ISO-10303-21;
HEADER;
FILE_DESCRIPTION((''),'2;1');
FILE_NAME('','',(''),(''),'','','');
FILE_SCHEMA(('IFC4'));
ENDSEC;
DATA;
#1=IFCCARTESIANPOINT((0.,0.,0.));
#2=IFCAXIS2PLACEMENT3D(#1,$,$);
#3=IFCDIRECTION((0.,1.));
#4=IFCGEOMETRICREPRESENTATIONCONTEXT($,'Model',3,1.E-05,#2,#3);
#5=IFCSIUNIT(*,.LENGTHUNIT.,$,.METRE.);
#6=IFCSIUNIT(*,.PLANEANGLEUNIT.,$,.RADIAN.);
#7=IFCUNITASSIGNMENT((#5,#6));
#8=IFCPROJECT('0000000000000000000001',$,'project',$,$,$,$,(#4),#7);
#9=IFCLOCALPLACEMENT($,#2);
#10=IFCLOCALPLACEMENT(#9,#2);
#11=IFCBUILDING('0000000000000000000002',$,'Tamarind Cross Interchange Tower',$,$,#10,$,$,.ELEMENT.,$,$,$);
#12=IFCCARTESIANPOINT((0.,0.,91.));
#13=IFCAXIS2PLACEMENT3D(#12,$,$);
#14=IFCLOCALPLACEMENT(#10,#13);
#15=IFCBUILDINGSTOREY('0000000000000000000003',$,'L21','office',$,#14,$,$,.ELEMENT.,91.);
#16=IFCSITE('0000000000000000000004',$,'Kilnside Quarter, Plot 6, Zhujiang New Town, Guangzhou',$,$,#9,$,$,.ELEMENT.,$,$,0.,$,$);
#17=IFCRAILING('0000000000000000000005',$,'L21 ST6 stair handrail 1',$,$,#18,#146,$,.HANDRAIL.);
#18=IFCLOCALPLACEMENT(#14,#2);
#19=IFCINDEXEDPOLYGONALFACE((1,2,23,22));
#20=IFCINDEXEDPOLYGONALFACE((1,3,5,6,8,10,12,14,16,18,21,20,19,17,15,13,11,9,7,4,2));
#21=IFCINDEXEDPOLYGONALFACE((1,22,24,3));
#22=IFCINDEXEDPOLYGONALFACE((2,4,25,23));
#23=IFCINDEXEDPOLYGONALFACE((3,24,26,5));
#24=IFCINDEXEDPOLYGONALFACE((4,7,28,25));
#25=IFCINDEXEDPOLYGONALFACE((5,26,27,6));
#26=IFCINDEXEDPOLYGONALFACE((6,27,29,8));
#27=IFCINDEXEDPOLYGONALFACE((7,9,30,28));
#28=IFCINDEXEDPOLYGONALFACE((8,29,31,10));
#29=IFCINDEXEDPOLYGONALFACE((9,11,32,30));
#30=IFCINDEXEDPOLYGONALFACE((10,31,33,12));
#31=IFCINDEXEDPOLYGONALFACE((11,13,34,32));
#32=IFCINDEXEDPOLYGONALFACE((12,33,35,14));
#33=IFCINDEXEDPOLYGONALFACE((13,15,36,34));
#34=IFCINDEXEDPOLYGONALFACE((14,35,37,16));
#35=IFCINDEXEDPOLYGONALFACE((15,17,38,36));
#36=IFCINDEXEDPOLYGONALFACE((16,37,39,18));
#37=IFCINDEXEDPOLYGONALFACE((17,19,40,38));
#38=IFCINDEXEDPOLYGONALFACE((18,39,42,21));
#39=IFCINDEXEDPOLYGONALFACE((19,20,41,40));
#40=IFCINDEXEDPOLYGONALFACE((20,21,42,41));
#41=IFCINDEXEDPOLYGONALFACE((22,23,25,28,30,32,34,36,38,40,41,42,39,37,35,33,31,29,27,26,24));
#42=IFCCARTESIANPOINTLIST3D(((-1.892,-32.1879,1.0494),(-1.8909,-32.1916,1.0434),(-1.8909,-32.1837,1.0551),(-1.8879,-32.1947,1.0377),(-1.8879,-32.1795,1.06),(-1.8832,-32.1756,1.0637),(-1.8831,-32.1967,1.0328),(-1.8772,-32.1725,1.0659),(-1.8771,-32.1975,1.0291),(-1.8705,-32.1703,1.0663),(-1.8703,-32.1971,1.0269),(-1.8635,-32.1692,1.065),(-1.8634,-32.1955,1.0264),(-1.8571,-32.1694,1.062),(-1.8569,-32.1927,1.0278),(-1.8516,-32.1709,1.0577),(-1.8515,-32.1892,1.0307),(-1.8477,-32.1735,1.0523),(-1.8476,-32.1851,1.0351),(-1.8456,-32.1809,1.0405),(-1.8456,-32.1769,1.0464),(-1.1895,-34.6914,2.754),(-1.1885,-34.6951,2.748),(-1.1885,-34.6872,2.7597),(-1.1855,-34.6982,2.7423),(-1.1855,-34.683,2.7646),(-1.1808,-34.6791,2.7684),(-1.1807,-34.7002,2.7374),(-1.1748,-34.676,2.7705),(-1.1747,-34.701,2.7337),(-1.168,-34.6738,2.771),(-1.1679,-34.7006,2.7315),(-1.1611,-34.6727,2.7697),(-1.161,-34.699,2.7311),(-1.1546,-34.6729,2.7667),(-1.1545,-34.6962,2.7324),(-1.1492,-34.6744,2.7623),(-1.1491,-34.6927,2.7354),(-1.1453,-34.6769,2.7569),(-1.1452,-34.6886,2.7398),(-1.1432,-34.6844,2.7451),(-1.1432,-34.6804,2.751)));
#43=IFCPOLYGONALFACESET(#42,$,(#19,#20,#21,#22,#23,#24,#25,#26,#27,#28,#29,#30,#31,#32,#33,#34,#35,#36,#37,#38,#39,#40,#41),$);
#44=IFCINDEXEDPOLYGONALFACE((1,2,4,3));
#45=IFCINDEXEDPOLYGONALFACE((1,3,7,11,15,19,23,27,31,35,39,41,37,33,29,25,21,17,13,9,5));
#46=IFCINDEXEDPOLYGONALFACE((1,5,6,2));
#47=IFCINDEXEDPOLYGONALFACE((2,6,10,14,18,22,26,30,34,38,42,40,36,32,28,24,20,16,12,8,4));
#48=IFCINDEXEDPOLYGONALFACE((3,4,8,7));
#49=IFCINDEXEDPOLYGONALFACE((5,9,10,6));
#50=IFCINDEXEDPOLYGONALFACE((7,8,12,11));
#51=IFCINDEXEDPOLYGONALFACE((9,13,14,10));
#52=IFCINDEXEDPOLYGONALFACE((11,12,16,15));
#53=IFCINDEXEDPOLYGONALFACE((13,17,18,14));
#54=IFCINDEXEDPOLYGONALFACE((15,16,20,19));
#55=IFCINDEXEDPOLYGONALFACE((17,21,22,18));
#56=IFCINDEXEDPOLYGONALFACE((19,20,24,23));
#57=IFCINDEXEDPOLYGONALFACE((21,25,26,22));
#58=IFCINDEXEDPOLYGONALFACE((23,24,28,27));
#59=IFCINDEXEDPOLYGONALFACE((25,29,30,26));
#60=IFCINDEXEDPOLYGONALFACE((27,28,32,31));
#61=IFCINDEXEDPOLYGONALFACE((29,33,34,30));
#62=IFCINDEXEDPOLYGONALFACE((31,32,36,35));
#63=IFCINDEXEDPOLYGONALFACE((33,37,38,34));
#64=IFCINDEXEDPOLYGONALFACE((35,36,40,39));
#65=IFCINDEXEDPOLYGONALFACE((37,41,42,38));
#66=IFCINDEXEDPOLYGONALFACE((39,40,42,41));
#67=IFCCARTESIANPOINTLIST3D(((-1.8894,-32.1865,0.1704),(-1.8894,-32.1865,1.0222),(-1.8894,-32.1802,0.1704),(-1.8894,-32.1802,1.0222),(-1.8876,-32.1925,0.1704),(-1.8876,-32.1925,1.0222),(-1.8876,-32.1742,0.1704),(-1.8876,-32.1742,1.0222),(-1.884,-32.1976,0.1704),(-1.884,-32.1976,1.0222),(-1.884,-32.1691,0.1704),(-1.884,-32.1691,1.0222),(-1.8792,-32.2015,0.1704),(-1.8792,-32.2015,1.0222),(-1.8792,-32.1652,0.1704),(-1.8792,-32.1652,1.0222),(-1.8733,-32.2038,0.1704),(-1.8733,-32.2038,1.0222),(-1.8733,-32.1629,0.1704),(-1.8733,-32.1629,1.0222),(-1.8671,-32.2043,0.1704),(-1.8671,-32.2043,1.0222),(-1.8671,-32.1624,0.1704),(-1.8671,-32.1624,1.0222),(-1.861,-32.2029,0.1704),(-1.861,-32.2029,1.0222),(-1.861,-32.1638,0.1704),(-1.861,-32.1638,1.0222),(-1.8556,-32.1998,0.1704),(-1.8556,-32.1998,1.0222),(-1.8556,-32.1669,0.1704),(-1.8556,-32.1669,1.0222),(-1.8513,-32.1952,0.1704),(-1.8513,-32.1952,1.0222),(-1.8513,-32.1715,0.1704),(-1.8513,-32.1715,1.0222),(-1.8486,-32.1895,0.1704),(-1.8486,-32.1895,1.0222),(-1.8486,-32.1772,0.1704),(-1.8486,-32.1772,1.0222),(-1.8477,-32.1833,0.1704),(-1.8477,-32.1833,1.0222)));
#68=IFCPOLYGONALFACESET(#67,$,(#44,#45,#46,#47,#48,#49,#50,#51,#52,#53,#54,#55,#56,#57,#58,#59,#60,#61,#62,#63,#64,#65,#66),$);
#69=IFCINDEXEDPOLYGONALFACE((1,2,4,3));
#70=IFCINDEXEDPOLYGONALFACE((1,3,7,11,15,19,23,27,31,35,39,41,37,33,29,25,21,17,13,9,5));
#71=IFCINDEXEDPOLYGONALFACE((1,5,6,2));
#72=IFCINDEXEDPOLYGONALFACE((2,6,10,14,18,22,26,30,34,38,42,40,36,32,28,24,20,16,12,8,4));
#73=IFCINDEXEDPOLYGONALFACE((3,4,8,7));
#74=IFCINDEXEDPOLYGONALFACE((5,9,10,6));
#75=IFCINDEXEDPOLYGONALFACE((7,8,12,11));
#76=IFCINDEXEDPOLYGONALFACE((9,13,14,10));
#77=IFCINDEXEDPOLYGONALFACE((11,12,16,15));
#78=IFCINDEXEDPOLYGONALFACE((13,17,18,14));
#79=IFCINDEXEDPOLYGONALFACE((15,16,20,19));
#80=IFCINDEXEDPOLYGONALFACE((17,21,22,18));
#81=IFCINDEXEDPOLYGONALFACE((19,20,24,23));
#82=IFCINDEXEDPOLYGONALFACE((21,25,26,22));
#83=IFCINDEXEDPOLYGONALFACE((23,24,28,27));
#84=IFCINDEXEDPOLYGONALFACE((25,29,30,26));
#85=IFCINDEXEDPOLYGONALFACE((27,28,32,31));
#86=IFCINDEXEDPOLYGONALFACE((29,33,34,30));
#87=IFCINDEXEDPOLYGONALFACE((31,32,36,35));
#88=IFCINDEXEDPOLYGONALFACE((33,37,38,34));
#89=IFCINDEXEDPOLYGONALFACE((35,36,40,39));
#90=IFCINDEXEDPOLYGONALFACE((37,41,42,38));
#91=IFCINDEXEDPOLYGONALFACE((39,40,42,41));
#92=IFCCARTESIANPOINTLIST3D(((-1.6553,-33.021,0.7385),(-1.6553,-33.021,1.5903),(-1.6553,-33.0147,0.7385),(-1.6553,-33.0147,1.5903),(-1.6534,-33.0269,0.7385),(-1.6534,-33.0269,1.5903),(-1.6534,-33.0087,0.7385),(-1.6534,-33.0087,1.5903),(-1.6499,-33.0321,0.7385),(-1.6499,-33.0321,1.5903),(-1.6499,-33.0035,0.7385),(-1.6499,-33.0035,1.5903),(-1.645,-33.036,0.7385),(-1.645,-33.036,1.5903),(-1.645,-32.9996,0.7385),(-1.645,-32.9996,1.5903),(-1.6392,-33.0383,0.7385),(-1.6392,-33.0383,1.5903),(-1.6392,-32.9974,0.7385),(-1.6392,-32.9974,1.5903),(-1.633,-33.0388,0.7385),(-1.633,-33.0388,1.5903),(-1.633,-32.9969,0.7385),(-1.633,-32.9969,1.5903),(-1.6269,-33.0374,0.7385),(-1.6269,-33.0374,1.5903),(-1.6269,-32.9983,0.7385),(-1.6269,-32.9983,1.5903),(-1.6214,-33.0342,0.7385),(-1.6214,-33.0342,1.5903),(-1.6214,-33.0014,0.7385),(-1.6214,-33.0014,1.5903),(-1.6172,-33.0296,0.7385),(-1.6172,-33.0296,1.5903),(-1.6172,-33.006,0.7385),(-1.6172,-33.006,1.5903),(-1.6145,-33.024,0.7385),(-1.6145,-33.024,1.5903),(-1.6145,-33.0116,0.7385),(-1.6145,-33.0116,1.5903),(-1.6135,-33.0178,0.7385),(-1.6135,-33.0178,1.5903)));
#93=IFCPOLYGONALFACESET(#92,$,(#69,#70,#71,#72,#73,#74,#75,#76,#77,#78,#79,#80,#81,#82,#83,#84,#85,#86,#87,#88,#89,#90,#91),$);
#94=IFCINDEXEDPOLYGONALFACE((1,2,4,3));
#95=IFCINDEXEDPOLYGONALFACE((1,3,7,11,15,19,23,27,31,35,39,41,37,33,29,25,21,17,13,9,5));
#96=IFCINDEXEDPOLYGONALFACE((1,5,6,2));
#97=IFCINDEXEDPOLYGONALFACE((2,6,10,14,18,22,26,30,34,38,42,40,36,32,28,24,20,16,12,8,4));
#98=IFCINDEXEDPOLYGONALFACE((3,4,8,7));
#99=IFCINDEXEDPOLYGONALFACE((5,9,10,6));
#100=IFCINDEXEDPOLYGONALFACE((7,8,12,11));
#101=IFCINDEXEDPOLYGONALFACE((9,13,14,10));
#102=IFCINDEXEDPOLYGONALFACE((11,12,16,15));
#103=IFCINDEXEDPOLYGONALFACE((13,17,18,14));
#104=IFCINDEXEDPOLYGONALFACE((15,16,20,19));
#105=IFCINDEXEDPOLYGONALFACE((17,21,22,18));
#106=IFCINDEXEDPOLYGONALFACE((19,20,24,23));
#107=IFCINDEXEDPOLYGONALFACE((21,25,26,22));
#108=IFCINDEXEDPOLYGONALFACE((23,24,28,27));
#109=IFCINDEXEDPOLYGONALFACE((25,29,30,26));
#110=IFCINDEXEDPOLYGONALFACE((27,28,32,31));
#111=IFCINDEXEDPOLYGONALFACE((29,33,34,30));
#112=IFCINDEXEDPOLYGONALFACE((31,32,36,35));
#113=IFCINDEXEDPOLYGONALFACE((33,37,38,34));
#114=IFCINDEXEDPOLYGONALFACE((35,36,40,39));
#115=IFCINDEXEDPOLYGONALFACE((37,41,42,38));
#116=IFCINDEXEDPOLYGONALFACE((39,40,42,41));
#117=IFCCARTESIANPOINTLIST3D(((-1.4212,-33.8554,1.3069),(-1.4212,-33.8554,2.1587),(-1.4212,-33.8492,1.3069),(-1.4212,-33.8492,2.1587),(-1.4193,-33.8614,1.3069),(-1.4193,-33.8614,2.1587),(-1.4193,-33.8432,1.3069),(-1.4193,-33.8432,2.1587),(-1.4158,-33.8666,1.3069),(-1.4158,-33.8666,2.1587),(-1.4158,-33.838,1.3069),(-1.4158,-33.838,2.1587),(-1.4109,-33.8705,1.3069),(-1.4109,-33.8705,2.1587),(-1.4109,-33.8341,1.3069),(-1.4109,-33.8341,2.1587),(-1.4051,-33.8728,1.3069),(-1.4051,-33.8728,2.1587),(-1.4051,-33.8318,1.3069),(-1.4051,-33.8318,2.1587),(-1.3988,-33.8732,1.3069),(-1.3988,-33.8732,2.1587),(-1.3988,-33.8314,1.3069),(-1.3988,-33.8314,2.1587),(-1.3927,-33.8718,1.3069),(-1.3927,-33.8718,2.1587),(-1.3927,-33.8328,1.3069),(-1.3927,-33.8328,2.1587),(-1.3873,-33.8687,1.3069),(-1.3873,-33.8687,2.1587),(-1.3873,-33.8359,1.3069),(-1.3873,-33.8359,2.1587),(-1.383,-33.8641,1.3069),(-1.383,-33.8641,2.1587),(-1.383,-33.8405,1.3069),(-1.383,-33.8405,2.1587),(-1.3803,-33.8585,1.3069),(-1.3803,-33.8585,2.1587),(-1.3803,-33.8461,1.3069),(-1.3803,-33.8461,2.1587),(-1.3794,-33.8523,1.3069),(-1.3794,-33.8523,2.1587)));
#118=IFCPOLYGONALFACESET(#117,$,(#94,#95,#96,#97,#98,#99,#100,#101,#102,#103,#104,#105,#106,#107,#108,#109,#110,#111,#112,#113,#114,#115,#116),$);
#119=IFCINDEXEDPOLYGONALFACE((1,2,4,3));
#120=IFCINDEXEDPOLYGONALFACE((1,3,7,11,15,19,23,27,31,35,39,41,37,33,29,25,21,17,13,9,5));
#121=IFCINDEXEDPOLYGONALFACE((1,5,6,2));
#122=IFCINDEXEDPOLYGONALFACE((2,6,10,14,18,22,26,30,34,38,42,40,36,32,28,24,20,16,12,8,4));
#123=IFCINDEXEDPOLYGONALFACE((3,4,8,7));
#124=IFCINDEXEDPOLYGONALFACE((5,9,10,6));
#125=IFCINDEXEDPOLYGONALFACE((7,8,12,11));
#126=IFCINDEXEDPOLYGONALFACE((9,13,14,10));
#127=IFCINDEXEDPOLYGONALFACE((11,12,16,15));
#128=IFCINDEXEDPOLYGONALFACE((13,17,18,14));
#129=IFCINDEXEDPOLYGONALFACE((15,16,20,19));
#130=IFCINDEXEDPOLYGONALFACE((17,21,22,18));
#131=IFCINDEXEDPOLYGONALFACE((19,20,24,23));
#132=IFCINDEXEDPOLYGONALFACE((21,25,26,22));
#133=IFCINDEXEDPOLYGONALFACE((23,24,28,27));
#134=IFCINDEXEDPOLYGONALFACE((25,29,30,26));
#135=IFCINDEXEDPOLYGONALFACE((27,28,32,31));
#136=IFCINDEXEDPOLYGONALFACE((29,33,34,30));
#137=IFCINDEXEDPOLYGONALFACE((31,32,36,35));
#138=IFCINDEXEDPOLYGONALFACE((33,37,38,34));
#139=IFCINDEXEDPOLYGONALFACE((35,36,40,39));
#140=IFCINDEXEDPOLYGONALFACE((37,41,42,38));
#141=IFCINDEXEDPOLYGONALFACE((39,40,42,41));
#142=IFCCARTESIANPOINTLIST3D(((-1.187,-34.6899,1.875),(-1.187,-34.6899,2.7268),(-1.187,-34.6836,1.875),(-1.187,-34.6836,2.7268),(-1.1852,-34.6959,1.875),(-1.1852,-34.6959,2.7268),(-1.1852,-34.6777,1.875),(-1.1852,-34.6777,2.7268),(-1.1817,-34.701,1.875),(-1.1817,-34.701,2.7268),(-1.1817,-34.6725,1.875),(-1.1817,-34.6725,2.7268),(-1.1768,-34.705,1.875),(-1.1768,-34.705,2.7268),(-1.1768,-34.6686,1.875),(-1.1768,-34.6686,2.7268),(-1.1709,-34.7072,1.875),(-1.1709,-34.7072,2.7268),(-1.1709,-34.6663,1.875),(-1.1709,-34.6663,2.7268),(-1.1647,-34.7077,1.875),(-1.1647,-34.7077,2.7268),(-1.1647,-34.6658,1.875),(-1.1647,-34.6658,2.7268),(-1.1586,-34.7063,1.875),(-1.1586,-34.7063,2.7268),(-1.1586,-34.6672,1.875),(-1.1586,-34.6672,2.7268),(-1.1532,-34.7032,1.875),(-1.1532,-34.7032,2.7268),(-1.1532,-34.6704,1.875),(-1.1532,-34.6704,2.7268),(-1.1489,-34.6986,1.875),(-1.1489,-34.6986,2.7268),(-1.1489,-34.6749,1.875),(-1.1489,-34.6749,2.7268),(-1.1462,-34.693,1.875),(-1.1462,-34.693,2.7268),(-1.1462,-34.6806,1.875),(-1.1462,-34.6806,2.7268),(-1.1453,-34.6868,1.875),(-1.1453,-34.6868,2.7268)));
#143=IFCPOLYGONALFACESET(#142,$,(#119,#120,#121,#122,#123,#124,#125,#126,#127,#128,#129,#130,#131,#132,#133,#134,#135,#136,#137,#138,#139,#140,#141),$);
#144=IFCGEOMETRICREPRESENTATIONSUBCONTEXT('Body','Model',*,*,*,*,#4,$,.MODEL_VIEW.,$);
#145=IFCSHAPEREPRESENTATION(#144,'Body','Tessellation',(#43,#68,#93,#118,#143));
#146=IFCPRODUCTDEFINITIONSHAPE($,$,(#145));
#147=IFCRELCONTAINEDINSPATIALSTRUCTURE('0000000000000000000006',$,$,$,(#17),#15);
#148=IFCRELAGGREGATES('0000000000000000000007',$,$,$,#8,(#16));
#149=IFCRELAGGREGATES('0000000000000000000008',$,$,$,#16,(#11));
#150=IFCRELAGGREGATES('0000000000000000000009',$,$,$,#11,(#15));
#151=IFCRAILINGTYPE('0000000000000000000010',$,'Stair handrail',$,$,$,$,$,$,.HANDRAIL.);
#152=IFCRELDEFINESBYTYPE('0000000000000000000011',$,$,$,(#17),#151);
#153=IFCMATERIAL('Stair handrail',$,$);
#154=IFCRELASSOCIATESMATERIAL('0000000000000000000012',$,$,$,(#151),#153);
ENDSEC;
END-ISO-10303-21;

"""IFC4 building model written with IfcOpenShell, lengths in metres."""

from ifc_helpers import new_model, si_unit, direction, frame, origin, origin_2d, place, context, subcontext, project, spatial, circle, extrude, material, type_object, element, save


model = new_model("IFC4")

# Units and contexts
model_context = context("Model", 3, precision=1e-05, world=origin(), true_north=direction((0.0, 1.0)))
body_context = subcontext(model_context, "Body", "Model", "MODEL_VIEW")
ifc_project = project(units=[si_unit("LENGTHUNIT", "METRE"), si_unit("PLANEANGLEUNIT", "RADIAN")], contexts=[model_context])

# Site, building, storey
site_placement = place(None, origin())
site = spatial("IfcSite", under=ifc_project, at=site_placement, Name="Kilnside Quarter, Plot 6, Zhujiang New Town, Guangzhou", CompositionType="ELEMENT", RefElevation=0.0)
building_placement = place(site_placement, origin())
building = spatial("IfcBuilding", under=site, at=building_placement, Name="Tamarind Cross Interchange Tower", CompositionType="ELEMENT")
storey_placement = place(building_placement, frame((0.0, 0.0, 91.0)))
storey = spatial("IfcBuildingStorey", under=building, at=storey_placement, Name="L21", Description="office", CompositionType="ELEMENT", Elevation=91.0)

# Railing
ifc_material_1 = material(Name="Stair handrail")
railing_type_1 = type_object("IfcRailingType", Name="Stair handrail", PredefinedType="HANDRAIL", material=ifc_material_1)
railing_1_placement = place(storey_placement, frame((-1.8687, -32.1833, 0.1704)))
element("IfcRailing", 1, at=railing_1_placement, inside=storey, type_object=railing_type_1, Name="L21 ST6 stair handrail 1", PredefinedType="HANDRAIL", context=body_context, shape_type="SweptSolid", body=[
    extrude(circle(Radius=0.0239, at=origin_2d()), frame((0.0, 0.0, 0.876), z_axis=(0.22592, -0.805208, 0.54827), x_axis=(0.962821, 0.270142, 0.0)), (0.0, 0.0, 1.0), 3.1091),
    extrude(circle(Radius=0.021, at=origin_2d()), origin(), (0.0, 0.0, 1.0), 0.8518),
    extrude(circle(Radius=0.021, at=origin_2d()), frame((0.2341, -0.8345, 0.5681)), (0.0, 0.0, 1.0), 0.8518),
    extrude(circle(Radius=0.021, at=origin_2d()), frame((0.4683, -1.6689, 1.1365)), (0.0, 0.0, 1.0), 0.8518),
    extrude(circle(Radius=0.021, at=origin_2d()), frame((0.7024, -2.5034, 1.7046)), (0.0, 0.0, 1.0), 0.8518),
])

save(model, "model.ifc")
